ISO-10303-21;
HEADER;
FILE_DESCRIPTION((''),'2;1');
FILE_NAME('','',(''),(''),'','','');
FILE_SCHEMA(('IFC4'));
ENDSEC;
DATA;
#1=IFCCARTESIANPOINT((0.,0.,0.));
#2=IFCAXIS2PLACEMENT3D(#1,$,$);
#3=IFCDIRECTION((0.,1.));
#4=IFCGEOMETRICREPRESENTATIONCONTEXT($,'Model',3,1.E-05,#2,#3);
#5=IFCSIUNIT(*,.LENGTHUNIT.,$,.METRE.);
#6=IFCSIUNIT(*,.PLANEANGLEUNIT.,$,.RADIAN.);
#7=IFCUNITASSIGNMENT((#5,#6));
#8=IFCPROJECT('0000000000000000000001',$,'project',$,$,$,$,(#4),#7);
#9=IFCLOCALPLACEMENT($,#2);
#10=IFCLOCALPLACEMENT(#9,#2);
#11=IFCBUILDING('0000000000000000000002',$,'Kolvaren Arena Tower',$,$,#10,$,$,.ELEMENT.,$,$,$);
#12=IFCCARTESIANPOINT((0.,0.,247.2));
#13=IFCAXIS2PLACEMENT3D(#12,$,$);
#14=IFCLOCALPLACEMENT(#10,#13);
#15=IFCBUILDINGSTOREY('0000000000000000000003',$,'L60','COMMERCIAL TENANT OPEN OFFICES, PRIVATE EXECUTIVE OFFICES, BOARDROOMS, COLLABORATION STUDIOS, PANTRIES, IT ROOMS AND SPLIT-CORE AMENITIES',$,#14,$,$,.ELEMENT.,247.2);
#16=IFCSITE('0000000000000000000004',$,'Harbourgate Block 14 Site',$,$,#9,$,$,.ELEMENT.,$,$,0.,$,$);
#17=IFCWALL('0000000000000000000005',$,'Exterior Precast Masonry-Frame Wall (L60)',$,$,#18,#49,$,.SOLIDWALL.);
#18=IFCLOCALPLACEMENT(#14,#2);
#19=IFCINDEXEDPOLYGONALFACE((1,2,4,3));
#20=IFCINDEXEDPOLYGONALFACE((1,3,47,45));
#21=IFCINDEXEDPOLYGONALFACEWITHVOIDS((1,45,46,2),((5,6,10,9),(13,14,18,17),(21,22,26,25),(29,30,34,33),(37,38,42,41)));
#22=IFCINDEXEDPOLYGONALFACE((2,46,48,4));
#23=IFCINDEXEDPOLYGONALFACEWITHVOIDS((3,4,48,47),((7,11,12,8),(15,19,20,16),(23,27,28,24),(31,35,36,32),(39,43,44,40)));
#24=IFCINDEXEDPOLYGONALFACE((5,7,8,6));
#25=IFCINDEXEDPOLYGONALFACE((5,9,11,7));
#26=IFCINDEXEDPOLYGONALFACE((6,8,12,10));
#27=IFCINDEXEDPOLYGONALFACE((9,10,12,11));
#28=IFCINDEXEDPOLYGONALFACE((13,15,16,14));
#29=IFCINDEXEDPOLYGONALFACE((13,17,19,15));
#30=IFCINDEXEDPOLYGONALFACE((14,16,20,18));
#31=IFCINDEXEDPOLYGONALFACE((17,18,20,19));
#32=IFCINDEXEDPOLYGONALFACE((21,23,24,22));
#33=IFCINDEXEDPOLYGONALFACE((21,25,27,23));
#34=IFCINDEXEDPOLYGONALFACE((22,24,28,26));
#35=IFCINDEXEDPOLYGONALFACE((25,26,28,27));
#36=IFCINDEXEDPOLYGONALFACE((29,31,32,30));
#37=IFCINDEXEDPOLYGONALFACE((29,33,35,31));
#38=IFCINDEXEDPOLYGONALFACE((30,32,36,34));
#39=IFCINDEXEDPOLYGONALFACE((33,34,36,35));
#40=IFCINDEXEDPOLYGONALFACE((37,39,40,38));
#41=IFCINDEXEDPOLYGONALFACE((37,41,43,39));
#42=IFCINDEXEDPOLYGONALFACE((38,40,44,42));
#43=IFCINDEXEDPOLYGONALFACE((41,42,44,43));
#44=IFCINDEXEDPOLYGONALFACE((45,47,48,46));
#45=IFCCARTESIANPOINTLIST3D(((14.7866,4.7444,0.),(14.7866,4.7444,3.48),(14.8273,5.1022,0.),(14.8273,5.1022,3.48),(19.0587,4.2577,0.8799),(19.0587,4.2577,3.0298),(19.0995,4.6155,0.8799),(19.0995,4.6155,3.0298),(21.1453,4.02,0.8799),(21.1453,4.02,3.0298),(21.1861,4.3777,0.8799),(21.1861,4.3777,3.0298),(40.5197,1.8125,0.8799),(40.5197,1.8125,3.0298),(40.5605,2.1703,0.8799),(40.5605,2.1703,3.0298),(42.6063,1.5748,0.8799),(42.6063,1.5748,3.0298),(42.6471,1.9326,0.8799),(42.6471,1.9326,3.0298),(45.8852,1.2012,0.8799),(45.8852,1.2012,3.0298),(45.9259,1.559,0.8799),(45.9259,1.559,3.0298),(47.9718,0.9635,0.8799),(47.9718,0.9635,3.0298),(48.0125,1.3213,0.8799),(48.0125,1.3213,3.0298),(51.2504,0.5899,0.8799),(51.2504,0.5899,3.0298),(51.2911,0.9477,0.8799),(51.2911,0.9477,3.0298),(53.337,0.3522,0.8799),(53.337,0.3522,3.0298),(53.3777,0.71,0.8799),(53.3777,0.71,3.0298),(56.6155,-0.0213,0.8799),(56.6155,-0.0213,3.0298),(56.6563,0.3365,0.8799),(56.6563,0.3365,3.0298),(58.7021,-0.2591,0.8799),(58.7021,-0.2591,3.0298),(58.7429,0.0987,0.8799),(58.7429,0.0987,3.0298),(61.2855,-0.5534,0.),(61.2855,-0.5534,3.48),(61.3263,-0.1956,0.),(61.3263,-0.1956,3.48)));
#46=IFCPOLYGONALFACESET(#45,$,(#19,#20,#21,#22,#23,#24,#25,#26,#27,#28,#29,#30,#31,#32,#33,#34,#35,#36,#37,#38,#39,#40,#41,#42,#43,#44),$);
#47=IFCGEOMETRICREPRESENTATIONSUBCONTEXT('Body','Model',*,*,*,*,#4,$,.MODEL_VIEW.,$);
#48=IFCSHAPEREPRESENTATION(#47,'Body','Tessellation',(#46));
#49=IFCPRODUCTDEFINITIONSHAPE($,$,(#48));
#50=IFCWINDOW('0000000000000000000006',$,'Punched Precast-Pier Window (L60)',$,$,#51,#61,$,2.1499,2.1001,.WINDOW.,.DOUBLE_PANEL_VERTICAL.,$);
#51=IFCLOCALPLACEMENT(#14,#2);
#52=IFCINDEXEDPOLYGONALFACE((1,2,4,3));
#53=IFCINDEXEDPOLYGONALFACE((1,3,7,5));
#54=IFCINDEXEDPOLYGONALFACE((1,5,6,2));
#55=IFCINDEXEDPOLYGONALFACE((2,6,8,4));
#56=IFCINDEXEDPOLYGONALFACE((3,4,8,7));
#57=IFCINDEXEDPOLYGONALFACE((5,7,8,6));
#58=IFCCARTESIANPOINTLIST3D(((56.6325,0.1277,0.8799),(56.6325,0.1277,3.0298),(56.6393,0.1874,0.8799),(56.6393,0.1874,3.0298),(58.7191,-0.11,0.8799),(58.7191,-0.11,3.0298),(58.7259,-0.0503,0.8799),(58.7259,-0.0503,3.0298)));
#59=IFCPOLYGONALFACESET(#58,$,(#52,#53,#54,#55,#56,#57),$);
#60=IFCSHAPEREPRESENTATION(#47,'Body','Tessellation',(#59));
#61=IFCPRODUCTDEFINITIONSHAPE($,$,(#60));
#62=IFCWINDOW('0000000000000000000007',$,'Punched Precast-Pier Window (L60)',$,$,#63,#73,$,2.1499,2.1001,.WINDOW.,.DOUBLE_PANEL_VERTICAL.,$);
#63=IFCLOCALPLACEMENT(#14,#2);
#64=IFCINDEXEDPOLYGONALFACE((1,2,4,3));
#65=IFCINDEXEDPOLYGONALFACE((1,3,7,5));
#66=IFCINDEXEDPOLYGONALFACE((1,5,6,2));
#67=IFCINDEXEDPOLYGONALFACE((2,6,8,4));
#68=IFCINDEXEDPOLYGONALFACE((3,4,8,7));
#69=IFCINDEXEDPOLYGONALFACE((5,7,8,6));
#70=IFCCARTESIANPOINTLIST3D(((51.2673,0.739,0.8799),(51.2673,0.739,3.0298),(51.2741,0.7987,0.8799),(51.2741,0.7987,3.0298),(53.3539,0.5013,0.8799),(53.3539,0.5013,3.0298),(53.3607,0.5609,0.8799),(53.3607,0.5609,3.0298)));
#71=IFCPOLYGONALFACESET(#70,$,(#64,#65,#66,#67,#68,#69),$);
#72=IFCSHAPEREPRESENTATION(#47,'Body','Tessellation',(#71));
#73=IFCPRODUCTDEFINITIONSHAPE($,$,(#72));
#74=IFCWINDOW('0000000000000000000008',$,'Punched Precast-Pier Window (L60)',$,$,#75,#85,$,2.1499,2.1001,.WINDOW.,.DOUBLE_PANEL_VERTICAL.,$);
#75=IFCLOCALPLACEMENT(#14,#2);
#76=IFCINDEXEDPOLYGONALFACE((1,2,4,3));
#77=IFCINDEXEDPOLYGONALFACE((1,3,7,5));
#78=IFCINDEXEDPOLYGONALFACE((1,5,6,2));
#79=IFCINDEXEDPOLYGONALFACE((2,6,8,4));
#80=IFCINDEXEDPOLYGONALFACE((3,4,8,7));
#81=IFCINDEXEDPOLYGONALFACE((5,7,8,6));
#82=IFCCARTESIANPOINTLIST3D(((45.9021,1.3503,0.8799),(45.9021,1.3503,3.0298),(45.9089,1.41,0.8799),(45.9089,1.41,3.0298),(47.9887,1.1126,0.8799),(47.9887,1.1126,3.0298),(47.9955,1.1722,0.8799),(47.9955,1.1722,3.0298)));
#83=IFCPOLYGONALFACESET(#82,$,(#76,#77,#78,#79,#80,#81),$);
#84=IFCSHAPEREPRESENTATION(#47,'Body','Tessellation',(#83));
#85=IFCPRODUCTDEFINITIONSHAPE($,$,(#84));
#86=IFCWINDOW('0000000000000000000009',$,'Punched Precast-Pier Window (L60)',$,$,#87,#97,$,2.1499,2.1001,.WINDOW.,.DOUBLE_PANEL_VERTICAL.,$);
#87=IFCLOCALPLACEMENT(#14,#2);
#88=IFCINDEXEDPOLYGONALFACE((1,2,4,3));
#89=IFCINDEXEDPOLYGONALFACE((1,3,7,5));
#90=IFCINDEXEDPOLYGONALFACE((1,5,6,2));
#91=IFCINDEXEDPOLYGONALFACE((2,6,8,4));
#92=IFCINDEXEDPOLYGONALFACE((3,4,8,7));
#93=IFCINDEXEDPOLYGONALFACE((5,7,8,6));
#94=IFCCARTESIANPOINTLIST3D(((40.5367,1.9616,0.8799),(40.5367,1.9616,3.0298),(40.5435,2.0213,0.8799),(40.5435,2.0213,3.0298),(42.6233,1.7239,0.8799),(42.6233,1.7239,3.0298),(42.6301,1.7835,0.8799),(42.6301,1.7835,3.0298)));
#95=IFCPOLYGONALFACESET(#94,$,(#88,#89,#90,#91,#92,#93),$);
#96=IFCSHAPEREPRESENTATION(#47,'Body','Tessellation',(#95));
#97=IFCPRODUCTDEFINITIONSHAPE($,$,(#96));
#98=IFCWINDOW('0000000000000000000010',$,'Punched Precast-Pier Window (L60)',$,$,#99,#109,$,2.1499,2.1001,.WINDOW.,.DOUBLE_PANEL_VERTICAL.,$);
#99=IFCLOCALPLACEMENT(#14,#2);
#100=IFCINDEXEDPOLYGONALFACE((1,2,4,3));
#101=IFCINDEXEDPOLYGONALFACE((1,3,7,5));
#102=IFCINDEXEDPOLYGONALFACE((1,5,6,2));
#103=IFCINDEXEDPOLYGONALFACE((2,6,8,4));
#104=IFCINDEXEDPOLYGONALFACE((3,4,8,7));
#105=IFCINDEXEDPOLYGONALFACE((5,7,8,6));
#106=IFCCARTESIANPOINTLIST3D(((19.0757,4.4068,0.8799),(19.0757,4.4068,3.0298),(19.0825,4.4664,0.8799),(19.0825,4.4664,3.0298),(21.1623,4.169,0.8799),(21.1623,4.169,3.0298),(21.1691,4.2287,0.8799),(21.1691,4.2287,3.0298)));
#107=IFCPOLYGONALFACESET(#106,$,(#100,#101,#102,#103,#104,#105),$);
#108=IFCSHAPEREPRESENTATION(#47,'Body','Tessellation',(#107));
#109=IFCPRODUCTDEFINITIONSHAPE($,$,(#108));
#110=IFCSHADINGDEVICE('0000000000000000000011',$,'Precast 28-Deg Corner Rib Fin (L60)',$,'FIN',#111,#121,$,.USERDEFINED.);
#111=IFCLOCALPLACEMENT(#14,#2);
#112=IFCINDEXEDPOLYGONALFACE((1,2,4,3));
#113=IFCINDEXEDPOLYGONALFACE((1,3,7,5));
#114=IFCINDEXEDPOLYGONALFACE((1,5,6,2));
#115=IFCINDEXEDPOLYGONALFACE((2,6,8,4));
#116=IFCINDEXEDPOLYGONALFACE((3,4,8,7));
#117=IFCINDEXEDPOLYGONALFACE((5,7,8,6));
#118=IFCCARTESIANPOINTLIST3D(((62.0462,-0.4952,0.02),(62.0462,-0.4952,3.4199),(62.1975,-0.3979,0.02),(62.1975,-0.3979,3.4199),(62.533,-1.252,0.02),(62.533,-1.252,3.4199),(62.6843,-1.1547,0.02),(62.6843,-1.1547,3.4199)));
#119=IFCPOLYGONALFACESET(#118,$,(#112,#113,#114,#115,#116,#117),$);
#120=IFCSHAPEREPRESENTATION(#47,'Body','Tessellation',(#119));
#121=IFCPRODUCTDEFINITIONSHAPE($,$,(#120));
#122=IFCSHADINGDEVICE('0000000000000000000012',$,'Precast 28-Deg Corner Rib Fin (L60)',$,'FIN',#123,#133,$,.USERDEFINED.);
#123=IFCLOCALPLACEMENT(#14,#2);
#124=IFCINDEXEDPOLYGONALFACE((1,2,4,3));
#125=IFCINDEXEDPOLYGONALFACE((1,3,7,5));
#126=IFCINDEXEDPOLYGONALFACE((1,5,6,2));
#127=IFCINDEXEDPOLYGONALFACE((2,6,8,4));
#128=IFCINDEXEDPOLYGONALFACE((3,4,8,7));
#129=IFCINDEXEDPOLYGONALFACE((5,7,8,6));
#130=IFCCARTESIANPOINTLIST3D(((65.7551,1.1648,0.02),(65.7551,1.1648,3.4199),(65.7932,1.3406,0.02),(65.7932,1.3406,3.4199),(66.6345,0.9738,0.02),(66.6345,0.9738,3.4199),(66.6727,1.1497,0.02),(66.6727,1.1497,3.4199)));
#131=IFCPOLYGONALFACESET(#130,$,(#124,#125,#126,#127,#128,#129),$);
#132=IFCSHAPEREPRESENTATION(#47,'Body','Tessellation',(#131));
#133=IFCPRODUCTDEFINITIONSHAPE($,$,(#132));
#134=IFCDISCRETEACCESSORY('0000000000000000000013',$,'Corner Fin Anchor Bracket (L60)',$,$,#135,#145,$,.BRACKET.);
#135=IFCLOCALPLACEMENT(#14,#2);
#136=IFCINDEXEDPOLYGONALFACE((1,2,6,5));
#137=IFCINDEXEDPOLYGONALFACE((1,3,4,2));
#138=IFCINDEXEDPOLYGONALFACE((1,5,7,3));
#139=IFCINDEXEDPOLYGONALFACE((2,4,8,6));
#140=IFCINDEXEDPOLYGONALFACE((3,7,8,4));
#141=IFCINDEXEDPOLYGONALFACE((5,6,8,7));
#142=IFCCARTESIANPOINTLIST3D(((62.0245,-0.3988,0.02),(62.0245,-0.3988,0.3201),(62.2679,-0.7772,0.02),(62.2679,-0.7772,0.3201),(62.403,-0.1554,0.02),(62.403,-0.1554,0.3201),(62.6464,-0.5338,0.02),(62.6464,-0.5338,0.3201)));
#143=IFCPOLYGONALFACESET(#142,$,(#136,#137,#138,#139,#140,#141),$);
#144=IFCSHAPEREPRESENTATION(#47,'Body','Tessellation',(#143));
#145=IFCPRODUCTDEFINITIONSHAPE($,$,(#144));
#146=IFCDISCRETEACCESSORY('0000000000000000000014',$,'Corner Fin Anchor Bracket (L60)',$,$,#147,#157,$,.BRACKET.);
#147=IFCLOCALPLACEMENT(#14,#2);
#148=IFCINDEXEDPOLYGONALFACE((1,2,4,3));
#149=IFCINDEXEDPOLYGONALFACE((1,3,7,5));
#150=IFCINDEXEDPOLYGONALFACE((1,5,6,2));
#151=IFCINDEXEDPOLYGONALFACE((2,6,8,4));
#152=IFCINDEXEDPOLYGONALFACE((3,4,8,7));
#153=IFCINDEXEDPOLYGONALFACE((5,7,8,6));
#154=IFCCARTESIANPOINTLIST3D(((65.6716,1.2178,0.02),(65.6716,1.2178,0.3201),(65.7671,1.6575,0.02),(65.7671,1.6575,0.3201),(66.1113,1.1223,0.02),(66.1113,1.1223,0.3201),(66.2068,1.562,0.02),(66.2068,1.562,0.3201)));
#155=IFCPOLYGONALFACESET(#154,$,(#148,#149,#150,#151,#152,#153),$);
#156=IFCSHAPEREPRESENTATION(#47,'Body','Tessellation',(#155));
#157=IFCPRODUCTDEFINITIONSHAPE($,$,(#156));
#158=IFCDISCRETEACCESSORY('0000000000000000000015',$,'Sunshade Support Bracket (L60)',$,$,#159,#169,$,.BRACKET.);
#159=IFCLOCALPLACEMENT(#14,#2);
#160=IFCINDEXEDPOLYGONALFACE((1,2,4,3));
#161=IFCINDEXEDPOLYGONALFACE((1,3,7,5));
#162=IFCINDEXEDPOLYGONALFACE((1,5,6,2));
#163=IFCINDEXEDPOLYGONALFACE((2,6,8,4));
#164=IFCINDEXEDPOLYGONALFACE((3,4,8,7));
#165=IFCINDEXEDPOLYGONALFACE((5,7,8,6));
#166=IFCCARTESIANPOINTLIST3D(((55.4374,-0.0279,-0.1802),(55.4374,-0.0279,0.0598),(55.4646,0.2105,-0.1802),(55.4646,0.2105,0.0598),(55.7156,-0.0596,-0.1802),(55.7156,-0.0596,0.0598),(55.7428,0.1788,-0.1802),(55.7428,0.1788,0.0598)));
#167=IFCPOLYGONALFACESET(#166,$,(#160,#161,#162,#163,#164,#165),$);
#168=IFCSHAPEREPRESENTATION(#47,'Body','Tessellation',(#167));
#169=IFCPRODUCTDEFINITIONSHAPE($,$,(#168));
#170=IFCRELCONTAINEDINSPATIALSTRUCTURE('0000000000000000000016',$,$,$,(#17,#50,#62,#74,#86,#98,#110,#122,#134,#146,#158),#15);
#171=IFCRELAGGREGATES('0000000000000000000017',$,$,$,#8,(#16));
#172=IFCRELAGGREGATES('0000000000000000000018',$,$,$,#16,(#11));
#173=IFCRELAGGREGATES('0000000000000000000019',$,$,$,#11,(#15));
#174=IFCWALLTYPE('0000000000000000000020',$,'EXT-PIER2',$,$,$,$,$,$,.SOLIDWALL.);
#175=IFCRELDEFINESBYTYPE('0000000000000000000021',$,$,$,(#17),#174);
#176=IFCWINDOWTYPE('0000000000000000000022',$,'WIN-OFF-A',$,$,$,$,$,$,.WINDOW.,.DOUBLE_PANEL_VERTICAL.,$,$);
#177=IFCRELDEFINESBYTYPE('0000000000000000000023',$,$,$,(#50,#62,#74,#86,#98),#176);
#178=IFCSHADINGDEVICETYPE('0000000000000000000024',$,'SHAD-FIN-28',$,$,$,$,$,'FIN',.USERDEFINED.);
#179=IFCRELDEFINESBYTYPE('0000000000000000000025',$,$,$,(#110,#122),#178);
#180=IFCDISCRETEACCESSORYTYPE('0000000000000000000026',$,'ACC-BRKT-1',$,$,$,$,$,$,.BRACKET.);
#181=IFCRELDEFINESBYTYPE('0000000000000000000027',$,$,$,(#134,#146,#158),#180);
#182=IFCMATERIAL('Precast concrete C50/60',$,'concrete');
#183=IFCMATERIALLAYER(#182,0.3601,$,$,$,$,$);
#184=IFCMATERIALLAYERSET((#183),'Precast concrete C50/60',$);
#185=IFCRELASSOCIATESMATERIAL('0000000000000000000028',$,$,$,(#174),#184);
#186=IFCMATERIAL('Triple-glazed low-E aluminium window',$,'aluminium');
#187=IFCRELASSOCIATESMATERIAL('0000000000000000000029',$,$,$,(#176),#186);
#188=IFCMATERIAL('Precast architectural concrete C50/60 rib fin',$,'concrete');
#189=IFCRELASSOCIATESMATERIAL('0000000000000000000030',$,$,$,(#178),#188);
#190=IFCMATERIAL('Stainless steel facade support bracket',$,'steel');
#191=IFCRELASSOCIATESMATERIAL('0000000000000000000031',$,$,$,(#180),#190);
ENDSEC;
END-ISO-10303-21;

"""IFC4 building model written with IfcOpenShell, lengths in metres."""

from ifc_helpers import new_model, si_unit, direction, frame, frame_2d, origin, origin_2d, place, context, subcontext, project, spatial, rectangle, extrude, material, layer, layer_set, type_object, element, fill, save


model = new_model("IFC4")

# Units and contexts
model_context = context("Model", 3, precision=1e-05, world=origin(), true_north=direction((0.0, 1.0)))
body_context = subcontext(model_context, "Body", "Model", "MODEL_VIEW")
ifc_project = project(units=[si_unit("LENGTHUNIT", "METRE"), si_unit("PLANEANGLEUNIT", "RADIAN")], contexts=[model_context])

# Site, building, storey
site_placement = place(None, origin())
site = spatial("IfcSite", under=ifc_project, at=site_placement, Name="Harbourgate Block 14 Site", CompositionType="ELEMENT", RefElevation=0.0)
building_placement = place(site_placement, origin())
building = spatial("IfcBuilding", under=site, at=building_placement, Name="Kolvaren Arena Tower", CompositionType="ELEMENT")
storey_placement = place(building_placement, frame((0.0, 0.0, 247.2)))
storey = spatial("IfcBuildingStorey", under=building, at=storey_placement, Name="L60", Description="COMMERCIAL TENANT OPEN OFFICES, PRIVATE EXECUTIVE OFFICES, BOARDROOMS, COLLABORATION STUDIOS, PANTRIES, IT ROOMS AND SPLIT-CORE AMENITIES", CompositionType="ELEMENT", Elevation=247.2)

# Shared definitions
ifc_material_1 = material(Name="Precast concrete C50/60", Category="concrete")
ifc_layer = layer(ifc_material_1, 0.3601)
ifc_layer_set = layer_set([ifc_layer], Name="Precast concrete C50/60")
wall_type = type_object("IfcWallType", Name="EXT-PIER2", PredefinedType="SOLIDWALL", material=ifc_layer_set)

# Wall, openings, windows
wall_1_placement = place(storey_placement, frame((61.3059, -0.3745, 0.0), z_axis=(0.0, 0.0, 1.0), x_axis=(-0.993572, 0.113202, 0.0)))
wall_1 = element("IfcWall", 1, at=wall_1_placement, inside=storey, type_object=wall_type, Name="Exterior Precast Masonry-Frame Wall (L60)", PredefinedType="SOLIDWALL", context=body_context, shape_type="SweptSolid", body=[
    extrude(rectangle(XDim=46.7998, YDim=0.3601, at=frame_2d((23.3999, 0.0))), origin(), (0.0, 0.0, 1.0), 3.48),
])
opening_1_placement = place(wall_1_placement, frame((2.6001, 0.0, 0.8799)))
opening_1 = element("IfcOpeningElement", 2, at=opening_1_placement, cuts=wall_1, PredefinedType="OPENING", context=body_context, shape_type="SweptSolid", body=[
    extrude(rectangle(XDim=2.1001, YDim=2.1499, at=frame_2d((1.05, 1.075))), frame((0.0, 0.1899, 0.0), z_axis=(0.0, -1.0, 0.0), x_axis=(1.0, 0.0, 0.0)), (0.0, 0.0, 1.0), 0.3801),
])
opening_2_placement = place(wall_1_placement, frame((8.0, 0.0, 0.8799)))
opening_2 = element("IfcOpeningElement", 3, at=opening_2_placement, cuts=wall_1, PredefinedType="OPENING", context=body_context, shape_type="SweptSolid", body=[
    extrude(rectangle(XDim=2.1001, YDim=2.1499, at=frame_2d((1.05, 1.075))), frame((0.0, 0.1899, 0.0), z_axis=(0.0, -1.0, 0.0), x_axis=(1.0, 0.0, 0.0)), (0.0, 0.0, 1.0), 0.3801),
])
opening_3_placement = place(wall_1_placement, frame((13.3999, 0.0, 0.8799)))
opening_3 = element("IfcOpeningElement", 4, at=opening_3_placement, cuts=wall_1, PredefinedType="OPENING", context=body_context, shape_type="SweptSolid", body=[
    extrude(rectangle(XDim=2.1001, YDim=2.1499, at=frame_2d((1.05, 1.075))), frame((0.0, 0.1899, 0.0), z_axis=(0.0, -1.0, 0.0), x_axis=(1.0, 0.0, 0.0)), (0.0, 0.0, 1.0), 0.3801),
])
opening_4_placement = place(wall_1_placement, frame((18.8, 0.0, 0.8799)))
opening_4 = element("IfcOpeningElement", 5, at=opening_4_placement, cuts=wall_1, PredefinedType="OPENING", context=body_context, shape_type="SweptSolid", body=[
    extrude(rectangle(XDim=2.1001, YDim=2.1499, at=frame_2d((1.05, 1.075))), frame((0.0, 0.1899, 0.0), z_axis=(0.0, -1.0, 0.0), x_axis=(1.0, 0.0, 0.0)), (0.0, 0.0, 1.0), 0.3801),
])
opening_5_placement = place(wall_1_placement, frame((40.3999, 0.0, 0.8799)))
opening_5 = element("IfcOpeningElement", 6, at=opening_5_placement, cuts=wall_1, PredefinedType="OPENING", context=body_context, shape_type="SweptSolid", body=[
    extrude(rectangle(XDim=2.1001, YDim=2.1499, at=frame_2d((1.05, 1.075))), frame((0.0, 0.1899, 0.0), z_axis=(0.0, -1.0, 0.0), x_axis=(1.0, 0.0, 0.0)), (0.0, 0.0, 1.0), 0.3801),
])
ifc_material_2 = material(Name="Triple-glazed low-E aluminium window", Category="aluminium")
window_type = type_object("IfcWindowType", Name="WIN-OFF-A", PartitioningType="DOUBLE_PANEL_VERTICAL", PredefinedType="WINDOW", material=ifc_material_2)
window_1_placement = place(opening_1_placement, origin())
window_1 = element("IfcWindow", 7, at=window_1_placement, inside=storey, type_object=window_type, Name="Punched Precast-Pier Window (L60)", OverallHeight=2.1499, OverallWidth=2.1001, PartitioningType="DOUBLE_PANEL_VERTICAL", PredefinedType="WINDOW", context=body_context, shape_type="SweptSolid", body=[
    extrude(rectangle(XDim=2.1001, YDim=2.1499, at=frame_2d((1.05, 1.075))), frame((0.0, 0.03, 0.0), z_axis=(0.0, -1.0, 0.0), x_axis=(1.0, 0.0, 0.0)), (0.0, 0.0, 1.0), 0.0601),
])
fill(opening_1, window_1)
window_2_placement = place(opening_2_placement, origin())
window_2 = element("IfcWindow", 8, at=window_2_placement, inside=storey, type_object=window_type, Name="Punched Precast-Pier Window (L60)", OverallHeight=2.1499, OverallWidth=2.1001, PartitioningType="DOUBLE_PANEL_VERTICAL", PredefinedType="WINDOW", context=body_context, shape_type="SweptSolid", body=[
    extrude(rectangle(XDim=2.1001, YDim=2.1499, at=frame_2d((1.05, 1.075))), frame((0.0, 0.03, 0.0), z_axis=(0.0, -1.0, 0.0), x_axis=(1.0, 0.0, 0.0)), (0.0, 0.0, 1.0), 0.0601),
])
fill(opening_2, window_2)
window_3_placement = place(opening_3_placement, origin())
window_3 = element("IfcWindow", 9, at=window_3_placement, inside=storey, type_object=window_type, Name="Punched Precast-Pier Window (L60)", OverallHeight=2.1499, OverallWidth=2.1001, PartitioningType="DOUBLE_PANEL_VERTICAL", PredefinedType="WINDOW", context=body_context, shape_type="SweptSolid", body=[
    extrude(rectangle(XDim=2.1001, YDim=2.1499, at=frame_2d((1.05, 1.075))), frame((0.0, 0.03, 0.0), z_axis=(0.0, -1.0, 0.0), x_axis=(1.0, 0.0, 0.0)), (0.0, 0.0, 1.0), 0.0601),
])
fill(opening_3, window_3)
window_4_placement = place(opening_4_placement, origin())
window_4 = element("IfcWindow", 10, at=window_4_placement, inside=storey, type_object=window_type, Name="Punched Precast-Pier Window (L60)", OverallHeight=2.1499, OverallWidth=2.1001, PartitioningType="DOUBLE_PANEL_VERTICAL", PredefinedType="WINDOW", context=body_context, shape_type="SweptSolid", body=[
    extrude(rectangle(XDim=2.1001, YDim=2.1499, at=frame_2d((1.05, 1.075))), frame((0.0, 0.03, 0.0), z_axis=(0.0, -1.0, 0.0), x_axis=(1.0, 0.0, 0.0)), (0.0, 0.0, 1.0), 0.0601),
])
fill(opening_4, window_4)
window_5_placement = place(opening_5_placement, origin())
window_5 = element("IfcWindow", 11, at=window_5_placement, inside=storey, type_object=window_type, Name="Punched Precast-Pier Window (L60)", OverallHeight=2.1499, OverallWidth=2.1001, PartitioningType="DOUBLE_PANEL_VERTICAL", PredefinedType="WINDOW", context=body_context, shape_type="SweptSolid", body=[
    extrude(rectangle(XDim=2.1001, YDim=2.1499, at=frame_2d((1.05, 1.075))), frame((0.0, 0.03, 0.0), z_axis=(0.0, -1.0, 0.0), x_axis=(1.0, 0.0, 0.0)), (0.0, 0.0, 1.0), 0.0601),
])
fill(opening_5, window_5)

# Shading devices
ifc_material_3 = material(Name="Precast architectural concrete C50/60 rib fin", Category="concrete")
shading_device_type = type_object("IfcShadingDeviceType", Name="SHAD-FIN-28", ElementType="FIN", PredefinedType="USERDEFINED", material=ifc_material_3)
for number, where, z_axis, x_axis, name in (
    (12, (62.3652, -0.825, 0.02), (0.0, 0.0, 1.0), (0.540982, -0.841034, 0.0), "Precast 28-Deg Corner Rib Fin (L60)"),
    (13, (66.2139, 1.1572, 0.02), (0.0, 0.0, 1.0), (0.977234, -0.212162, 0.0), "Precast 28-Deg Corner Rib Fin (L60)"),
):
    element("IfcShadingDevice", number, at=place(storey_placement, frame(where, z_axis=z_axis, x_axis=x_axis)), inside=storey, type_object=shading_device_type, Name=name, ObjectType="FIN", PredefinedType="USERDEFINED", context=body_context, shape_type="SweptSolid", body=[
        extrude(rectangle(XDim=0.8999, YDim=0.1799, at=origin_2d()), origin(), (0.0, 0.0, 1.0), 3.3999),
    ])

# Discrete accessories
ifc_material_4 = material(Name="Stainless steel facade support bracket", Category="steel")
discrete_accessory_type = type_object("IfcDiscreteAccessoryType", Name="ACC-BRKT-1", PredefinedType="BRACKET", material=ifc_material_4)
for number, where, z_axis, x_axis, name in (
    (14, (62.3354, -0.4663, 0.02), (0.0, 0.0, 1.0), (0.540982, -0.841034, 0.0), "Corner Fin Anchor Bracket (L60)"),
    (15, (65.9392, 1.3899, 0.02), (0.0, 0.0, 1.0), (0.977234, -0.212162, 0.0), "Corner Fin Anchor Bracket (L60)"),
):
    element("IfcDiscreteAccessory", number, at=place(storey_placement, frame(where, z_axis=z_axis, x_axis=x_axis)), inside=storey, type_object=discrete_accessory_type, Name=name, PredefinedType="BRACKET", context=body_context, shape_type="SweptSolid", body=[
        extrude(rectangle(XDim=0.45, YDim=0.45, at=origin_2d()), origin(), (0.0, 0.0, 1.0), 0.3),
    ])
discrete_accessory_placement = place(storey_placement, frame((55.5901, 0.0754, -0.1802), z_axis=(0.0, 0.0, 1.0), x_axis=(-0.993572, 0.113205, 0.0)))
element("IfcDiscreteAccessory", 16, at=discrete_accessory_placement, inside=storey, type_object=discrete_accessory_type, Name="Sunshade Support Bracket (L60)", PredefinedType="BRACKET", context=body_context, shape_type="SweptSolid", body=[
    extrude(rectangle(XDim=0.28, YDim=0.24, at=origin_2d()), origin(), (0.0, 0.0, 1.0), 0.24),
])

save(model, "model.ifc")
